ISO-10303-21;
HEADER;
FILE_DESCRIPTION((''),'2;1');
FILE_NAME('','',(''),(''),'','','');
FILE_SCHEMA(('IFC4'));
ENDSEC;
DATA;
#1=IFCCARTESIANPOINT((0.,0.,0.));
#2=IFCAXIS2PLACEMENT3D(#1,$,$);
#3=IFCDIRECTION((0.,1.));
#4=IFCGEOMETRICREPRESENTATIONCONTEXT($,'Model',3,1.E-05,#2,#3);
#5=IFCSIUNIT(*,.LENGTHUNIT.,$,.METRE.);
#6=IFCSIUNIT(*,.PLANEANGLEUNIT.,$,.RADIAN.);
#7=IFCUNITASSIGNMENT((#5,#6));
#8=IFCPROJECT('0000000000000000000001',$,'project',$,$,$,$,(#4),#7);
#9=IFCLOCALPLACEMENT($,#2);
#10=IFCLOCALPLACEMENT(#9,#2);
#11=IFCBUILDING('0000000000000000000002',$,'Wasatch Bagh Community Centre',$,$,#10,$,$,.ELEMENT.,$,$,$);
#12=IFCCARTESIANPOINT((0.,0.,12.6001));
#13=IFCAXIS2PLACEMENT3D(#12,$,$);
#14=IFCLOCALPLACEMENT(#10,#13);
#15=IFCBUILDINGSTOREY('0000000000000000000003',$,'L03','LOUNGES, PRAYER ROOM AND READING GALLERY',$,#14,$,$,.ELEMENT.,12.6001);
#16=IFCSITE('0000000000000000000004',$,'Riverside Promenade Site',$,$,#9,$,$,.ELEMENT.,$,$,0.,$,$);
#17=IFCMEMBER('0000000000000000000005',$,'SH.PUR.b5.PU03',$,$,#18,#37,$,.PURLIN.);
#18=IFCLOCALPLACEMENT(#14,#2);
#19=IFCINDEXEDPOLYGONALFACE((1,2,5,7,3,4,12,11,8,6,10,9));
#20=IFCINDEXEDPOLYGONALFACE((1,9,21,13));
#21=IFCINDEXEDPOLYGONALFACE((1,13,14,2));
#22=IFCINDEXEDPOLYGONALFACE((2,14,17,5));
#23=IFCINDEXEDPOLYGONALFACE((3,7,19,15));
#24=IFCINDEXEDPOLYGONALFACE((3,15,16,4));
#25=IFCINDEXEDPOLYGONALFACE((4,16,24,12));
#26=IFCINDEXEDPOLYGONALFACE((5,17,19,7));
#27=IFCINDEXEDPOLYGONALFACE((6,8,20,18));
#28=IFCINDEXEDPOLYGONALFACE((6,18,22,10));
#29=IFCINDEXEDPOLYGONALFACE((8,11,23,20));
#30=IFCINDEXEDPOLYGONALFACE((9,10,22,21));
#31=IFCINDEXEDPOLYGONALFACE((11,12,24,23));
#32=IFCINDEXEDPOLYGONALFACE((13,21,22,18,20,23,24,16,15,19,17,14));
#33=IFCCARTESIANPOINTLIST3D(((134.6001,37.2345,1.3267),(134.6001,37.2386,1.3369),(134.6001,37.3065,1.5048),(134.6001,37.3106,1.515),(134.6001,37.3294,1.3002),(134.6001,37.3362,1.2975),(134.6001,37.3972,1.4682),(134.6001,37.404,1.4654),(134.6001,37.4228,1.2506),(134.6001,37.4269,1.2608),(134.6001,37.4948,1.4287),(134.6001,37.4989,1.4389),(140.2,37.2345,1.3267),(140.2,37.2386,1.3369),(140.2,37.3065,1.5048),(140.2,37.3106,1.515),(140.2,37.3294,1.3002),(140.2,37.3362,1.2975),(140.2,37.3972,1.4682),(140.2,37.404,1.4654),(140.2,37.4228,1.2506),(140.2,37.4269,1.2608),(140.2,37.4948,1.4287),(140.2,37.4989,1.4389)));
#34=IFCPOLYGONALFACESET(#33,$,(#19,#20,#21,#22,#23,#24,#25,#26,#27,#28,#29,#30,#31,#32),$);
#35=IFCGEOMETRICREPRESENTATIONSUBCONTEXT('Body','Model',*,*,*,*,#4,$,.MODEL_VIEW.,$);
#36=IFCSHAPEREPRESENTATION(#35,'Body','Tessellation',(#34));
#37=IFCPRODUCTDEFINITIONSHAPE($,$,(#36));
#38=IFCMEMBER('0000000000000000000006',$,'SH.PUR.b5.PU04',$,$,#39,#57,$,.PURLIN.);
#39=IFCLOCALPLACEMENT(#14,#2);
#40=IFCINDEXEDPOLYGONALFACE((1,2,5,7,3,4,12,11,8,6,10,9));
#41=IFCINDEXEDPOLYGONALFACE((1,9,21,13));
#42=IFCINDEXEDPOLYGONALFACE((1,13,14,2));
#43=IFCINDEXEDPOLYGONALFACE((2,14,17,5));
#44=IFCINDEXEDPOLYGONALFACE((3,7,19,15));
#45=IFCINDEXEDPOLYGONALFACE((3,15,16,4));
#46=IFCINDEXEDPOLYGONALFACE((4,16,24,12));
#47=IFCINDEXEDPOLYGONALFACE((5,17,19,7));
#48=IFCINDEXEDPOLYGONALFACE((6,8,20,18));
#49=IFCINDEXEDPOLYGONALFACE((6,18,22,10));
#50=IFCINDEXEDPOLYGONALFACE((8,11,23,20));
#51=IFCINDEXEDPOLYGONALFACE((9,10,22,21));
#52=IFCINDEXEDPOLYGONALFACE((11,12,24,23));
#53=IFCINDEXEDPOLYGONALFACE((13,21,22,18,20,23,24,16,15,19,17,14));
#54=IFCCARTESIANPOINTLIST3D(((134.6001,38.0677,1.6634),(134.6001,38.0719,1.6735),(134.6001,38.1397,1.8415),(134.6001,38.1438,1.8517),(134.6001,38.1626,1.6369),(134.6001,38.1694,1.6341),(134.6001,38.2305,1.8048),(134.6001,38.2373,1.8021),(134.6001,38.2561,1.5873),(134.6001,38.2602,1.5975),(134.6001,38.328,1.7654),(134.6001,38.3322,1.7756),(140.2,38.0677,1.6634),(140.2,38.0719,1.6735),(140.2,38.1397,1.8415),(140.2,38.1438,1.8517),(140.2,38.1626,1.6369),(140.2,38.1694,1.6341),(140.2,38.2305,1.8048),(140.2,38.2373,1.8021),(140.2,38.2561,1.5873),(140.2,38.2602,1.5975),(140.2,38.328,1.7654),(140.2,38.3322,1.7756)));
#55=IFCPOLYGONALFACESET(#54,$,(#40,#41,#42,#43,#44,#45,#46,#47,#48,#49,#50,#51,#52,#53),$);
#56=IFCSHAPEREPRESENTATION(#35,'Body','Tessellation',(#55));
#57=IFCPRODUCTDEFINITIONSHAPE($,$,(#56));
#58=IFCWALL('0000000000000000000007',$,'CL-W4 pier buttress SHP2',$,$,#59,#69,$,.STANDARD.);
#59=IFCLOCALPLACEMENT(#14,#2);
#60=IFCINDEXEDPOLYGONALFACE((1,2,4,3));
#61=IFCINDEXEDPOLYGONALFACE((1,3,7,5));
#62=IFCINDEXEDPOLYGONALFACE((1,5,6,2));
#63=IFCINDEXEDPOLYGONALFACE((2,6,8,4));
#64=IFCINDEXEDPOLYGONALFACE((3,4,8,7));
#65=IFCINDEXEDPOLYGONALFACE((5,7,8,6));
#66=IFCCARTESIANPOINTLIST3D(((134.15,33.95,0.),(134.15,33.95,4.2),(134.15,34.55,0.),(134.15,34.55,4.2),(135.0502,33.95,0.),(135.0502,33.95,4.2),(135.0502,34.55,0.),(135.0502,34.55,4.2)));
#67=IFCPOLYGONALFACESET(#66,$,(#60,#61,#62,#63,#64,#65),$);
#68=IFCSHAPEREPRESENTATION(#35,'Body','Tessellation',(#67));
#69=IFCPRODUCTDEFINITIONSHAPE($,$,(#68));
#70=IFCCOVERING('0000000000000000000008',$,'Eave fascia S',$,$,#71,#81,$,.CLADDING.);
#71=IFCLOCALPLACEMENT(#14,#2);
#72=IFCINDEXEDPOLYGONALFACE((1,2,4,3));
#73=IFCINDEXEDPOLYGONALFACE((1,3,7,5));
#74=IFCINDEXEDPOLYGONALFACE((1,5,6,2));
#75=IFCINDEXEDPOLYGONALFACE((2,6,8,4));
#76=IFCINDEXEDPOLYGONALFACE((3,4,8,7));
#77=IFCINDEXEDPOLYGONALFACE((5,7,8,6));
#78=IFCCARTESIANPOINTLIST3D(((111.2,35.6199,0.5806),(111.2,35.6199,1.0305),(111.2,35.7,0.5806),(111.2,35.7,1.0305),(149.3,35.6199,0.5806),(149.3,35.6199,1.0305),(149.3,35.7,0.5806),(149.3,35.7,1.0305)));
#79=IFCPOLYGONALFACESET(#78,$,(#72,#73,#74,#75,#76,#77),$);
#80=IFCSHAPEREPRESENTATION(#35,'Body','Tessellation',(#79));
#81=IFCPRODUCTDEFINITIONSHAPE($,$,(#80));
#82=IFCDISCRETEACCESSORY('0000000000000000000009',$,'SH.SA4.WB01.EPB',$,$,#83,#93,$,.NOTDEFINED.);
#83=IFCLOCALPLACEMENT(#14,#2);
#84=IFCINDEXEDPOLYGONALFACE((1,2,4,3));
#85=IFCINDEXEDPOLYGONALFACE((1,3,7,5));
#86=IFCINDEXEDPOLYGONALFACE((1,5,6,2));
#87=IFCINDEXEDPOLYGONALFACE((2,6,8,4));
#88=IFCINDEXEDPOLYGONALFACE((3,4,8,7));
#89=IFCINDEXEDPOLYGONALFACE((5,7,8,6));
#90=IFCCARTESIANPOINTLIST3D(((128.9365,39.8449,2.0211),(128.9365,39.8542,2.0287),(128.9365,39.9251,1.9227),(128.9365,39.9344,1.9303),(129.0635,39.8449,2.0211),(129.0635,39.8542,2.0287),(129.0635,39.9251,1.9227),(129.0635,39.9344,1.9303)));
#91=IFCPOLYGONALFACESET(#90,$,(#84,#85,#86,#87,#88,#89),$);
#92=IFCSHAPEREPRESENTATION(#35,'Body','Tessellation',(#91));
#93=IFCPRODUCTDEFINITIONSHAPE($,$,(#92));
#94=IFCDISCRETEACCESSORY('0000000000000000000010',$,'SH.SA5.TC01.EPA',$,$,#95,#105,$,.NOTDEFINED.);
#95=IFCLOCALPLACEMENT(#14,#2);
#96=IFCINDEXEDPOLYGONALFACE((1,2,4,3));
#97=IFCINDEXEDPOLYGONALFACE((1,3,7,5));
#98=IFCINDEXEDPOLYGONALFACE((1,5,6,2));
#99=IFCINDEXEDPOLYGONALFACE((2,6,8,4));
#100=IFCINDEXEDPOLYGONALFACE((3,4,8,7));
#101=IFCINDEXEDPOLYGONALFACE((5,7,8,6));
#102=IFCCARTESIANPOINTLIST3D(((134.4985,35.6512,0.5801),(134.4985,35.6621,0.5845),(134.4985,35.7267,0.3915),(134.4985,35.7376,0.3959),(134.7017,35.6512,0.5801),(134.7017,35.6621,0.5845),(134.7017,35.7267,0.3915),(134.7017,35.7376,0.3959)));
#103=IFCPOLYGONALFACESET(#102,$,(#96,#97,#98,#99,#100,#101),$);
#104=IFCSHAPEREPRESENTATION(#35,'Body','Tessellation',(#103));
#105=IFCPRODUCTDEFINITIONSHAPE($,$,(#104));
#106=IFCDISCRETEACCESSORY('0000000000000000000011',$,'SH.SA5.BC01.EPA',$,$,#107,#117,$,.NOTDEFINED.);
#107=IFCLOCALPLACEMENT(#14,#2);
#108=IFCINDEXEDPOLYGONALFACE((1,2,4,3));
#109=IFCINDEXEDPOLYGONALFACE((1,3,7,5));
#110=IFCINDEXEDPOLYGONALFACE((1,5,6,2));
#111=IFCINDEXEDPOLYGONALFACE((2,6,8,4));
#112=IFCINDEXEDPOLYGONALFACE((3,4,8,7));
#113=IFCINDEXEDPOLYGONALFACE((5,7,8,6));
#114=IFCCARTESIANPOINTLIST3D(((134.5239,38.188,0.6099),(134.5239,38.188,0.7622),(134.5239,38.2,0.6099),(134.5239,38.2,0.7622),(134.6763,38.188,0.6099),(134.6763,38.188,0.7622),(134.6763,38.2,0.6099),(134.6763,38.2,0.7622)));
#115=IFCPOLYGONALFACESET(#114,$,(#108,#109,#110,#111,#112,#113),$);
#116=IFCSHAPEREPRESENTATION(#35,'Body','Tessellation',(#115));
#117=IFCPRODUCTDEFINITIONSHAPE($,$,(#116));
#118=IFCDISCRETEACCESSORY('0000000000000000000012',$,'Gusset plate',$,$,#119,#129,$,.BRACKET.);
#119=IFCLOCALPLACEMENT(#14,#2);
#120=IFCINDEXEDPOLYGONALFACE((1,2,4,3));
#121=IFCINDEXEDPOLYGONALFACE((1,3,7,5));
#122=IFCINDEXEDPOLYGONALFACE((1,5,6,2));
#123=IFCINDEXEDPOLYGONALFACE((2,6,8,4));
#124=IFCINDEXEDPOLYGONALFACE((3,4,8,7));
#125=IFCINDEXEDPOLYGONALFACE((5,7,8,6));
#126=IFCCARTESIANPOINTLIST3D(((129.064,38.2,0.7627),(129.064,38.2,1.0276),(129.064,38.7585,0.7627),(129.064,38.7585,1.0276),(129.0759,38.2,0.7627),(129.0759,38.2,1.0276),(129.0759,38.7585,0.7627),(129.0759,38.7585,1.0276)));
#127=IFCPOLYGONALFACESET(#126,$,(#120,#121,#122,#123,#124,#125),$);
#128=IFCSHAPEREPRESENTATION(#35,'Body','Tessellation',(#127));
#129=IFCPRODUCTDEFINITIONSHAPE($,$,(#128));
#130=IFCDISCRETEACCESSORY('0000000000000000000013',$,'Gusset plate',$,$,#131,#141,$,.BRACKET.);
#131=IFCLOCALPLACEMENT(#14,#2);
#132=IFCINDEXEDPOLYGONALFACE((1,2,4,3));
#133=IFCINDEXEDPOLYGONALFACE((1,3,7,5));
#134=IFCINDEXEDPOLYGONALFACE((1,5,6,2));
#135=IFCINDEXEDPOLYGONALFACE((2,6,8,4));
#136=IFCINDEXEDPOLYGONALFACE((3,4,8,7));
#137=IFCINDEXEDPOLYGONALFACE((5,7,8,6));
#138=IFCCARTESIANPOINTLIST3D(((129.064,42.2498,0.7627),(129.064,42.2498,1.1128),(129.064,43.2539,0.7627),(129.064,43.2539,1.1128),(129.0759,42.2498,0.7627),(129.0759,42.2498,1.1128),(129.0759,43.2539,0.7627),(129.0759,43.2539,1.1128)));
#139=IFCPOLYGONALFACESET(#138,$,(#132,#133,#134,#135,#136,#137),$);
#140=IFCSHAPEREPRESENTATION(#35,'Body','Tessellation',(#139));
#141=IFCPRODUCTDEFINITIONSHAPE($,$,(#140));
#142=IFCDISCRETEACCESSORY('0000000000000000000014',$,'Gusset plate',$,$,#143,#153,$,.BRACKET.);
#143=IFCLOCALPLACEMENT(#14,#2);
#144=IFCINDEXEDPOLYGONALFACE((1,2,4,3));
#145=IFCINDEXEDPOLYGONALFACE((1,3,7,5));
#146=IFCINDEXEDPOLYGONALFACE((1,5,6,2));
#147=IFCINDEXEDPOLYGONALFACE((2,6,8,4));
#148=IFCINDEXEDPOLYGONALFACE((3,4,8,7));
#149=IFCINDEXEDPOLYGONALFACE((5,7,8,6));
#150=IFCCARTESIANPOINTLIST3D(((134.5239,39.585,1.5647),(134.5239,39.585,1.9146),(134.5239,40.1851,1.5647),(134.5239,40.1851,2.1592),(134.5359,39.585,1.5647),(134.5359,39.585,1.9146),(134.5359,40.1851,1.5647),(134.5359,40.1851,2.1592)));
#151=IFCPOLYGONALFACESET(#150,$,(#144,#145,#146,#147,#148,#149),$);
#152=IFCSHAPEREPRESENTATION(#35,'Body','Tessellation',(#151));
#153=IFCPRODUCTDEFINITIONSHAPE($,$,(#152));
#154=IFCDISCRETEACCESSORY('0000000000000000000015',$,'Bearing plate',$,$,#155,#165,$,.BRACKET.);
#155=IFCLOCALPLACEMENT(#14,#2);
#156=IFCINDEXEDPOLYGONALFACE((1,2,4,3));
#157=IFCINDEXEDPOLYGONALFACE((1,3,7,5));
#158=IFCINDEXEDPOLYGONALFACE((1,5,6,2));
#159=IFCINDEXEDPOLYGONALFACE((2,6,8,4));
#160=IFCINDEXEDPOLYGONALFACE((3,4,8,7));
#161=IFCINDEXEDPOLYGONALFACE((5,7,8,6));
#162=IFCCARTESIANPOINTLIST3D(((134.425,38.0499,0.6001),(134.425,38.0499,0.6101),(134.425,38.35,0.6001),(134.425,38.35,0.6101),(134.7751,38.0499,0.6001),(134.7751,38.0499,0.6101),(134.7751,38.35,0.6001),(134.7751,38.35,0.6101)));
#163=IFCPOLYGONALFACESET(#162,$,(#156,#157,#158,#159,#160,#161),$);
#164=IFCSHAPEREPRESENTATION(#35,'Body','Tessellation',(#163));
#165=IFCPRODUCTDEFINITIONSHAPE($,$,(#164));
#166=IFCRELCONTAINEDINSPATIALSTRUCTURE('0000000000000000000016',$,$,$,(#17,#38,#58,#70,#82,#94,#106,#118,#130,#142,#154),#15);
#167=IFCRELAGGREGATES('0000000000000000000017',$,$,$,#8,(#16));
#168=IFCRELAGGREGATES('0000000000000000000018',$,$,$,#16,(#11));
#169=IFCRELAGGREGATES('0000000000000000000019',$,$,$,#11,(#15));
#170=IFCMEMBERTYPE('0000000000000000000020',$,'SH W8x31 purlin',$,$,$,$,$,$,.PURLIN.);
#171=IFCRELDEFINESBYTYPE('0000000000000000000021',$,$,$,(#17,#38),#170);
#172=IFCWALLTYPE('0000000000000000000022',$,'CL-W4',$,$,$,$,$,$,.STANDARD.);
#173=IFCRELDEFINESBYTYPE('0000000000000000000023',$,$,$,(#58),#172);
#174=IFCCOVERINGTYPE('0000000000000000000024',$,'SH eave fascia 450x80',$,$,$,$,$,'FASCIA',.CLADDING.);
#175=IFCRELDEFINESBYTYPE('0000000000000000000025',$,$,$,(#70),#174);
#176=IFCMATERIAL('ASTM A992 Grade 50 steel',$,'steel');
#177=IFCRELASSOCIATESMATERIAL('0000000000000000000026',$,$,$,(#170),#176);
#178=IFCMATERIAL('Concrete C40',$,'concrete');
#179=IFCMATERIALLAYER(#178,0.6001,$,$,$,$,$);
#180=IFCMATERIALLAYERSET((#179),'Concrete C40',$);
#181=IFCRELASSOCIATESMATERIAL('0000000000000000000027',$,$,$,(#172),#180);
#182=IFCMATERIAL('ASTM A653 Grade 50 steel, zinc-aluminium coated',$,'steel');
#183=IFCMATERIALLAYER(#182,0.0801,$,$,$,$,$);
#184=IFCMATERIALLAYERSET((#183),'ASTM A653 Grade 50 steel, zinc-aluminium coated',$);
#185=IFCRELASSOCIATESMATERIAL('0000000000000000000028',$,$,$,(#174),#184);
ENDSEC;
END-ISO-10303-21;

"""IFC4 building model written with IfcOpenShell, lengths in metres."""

from ifc_helpers import new_model, si_unit, direction, frame, frame_2d, origin, origin_2d, place, context, subcontext, project, spatial, polyline, rectangle, i_section, outline, extrude, material, layer, layer_set, material_profile, profile_set, type_object, element, save


model = new_model("IFC4")

# Units and contexts
model_context = context("Model", 3, precision=1e-05, world=origin(), true_north=direction((0.0, 1.0)))
body_context = subcontext(model_context, "Body", "Model", "MODEL_VIEW")
ifc_project = project(units=[si_unit("LENGTHUNIT", "METRE"), si_unit("PLANEANGLEUNIT", "RADIAN")], contexts=[model_context])

# Site, building, storey
site_placement = place(None, origin())
site = spatial("IfcSite", under=ifc_project, at=site_placement, Name="Riverside Promenade Site", CompositionType="ELEMENT", RefElevation=0.0)
building_placement = place(site_placement, origin())
building = spatial("IfcBuilding", under=site, at=building_placement, Name="Wasatch Bagh Community Centre", CompositionType="ELEMENT")
storey_placement = place(building_placement, frame((0.0, 0.0, 12.6001)))
storey = spatial("IfcBuildingStorey", under=building, at=storey_placement, Name="L03", Description="LOUNGES, PRAYER ROOM AND READING GALLERY", CompositionType="ELEMENT", Elevation=12.6001)

# Shared definitions
ifc_material_1 = material(Name="Concrete C40", Category="concrete")

# Members
ifc_material_2 = material(Name="ASTM A992 Grade 50 steel", Category="steel")
ifc_material_profile_1 = material_profile(ifc_material_2, i_section(OverallWidth=0.2031, OverallDepth=0.2031, WebThickness=0.0073, FlangeThickness=0.011, at=origin_2d()), Name="W8x31")
ifc_profile_set_1 = profile_set([ifc_material_profile_1], Name="ASTM A992 Grade 50 steel")
member_type_1 = type_object("IfcMemberType", Name="SH W8x31 purlin", PredefinedType="PURLIN", material=ifc_profile_set_1)
for number, where, z_axis, x_axis, name in (
    (1, (134.6001, 37.3667, 1.3828), (1.0, 0.0, 0.0), (0.0, 0.927184, -0.374607), "SH.PUR.b5.PU03"),
    (2, (134.6001, 38.2, 1.7195), (1.0, 0.0, 0.0), (0.0, 0.927184, -0.374607), "SH.PUR.b5.PU04"),
):
    element("IfcMember", number, at=place(storey_placement, frame(where, z_axis=z_axis, x_axis=x_axis)), inside=storey, type_object=member_type_1, Name=name, PredefinedType="PURLIN", context=body_context, shape_type="SweptSolid", body=[
        extrude(i_section(OverallWidth=0.2031, OverallDepth=0.2031, WebThickness=0.0073, FlangeThickness=0.011, at=origin_2d()), origin(), (0.0, 0.0, 1.0), 5.5999),
    ])

# Wall
ifc_layer_1 = layer(ifc_material_1, 0.6001)
ifc_layer_set_1 = layer_set([ifc_layer_1], Name="Concrete C40")
wall_type = type_object("IfcWallType", Name="CL-W4", PredefinedType="STANDARD", material=ifc_layer_set_1)
wall_placement = place(storey_placement, frame((134.1499, 34.25, 0.0), z_axis=(0.0, 0.0, 1.0), x_axis=(1.0, 0.0, 0.0)))
element("IfcWall", 3, at=wall_placement, inside=storey, type_object=wall_type, Name="CL-W4 pier buttress SHP2", PredefinedType="STANDARD", context=body_context, shape_type="SweptSolid", body=[
    extrude(rectangle(XDim=0.9001, YDim=0.6001, at=frame_2d((0.4502, 0.0))), origin(), (0.0, 0.0, 1.0), 4.2),
])

# Covering
ifc_material_3 = material(Name="ASTM A653 Grade 50 steel, zinc-aluminium coated", Category="steel")
ifc_layer_2 = layer(ifc_material_3, 0.0801)
ifc_layer_set_2 = layer_set([ifc_layer_2], Name="ASTM A653 Grade 50 steel, zinc-aluminium coated")
covering_type = type_object("IfcCoveringType", Name="SH eave fascia 450x80", ElementType="FASCIA", PredefinedType="CLADDING", material=ifc_layer_set_2)
covering_placement = place(storey_placement, frame((130.25, 35.6599, 0.5806), z_axis=(0.0, 0.0, 1.0), x_axis=(1.0, 0.0, 0.0)))
element("IfcCovering", 4, at=covering_placement, inside=storey, type_object=covering_type, Name="Eave fascia S", PredefinedType="CLADDING", context=body_context, shape_type="SweptSolid", body=[
    extrude(rectangle(XDim=38.1001, YDim=0.0801, at=origin_2d()), origin(), (0.0, 0.0, 1.0), 0.45),
])

# Discrete accessories
discrete_accessory_1_placement = place(storey_placement, frame((129.0, 39.885, 1.9719), z_axis=(0.0, 0.774865, 0.632127), x_axis=(-1.0, 0.0, 0.0)))
element("IfcDiscreteAccessory", 5, at=discrete_accessory_1_placement, inside=storey, Name="SH.SA4.WB01.EPB", PredefinedType="NOTDEFINED", context=body_context, shape_type="SweptSolid", body=[
    extrude(rectangle(XDim=0.127, YDim=0.127, at=origin_2d()), origin(), (0.0, 0.0, 1.0), 0.012),
])
discrete_accessory_2_placement = place(storey_placement, frame((134.6001, 35.689, 0.4858), z_axis=(0.0, 0.928477, 0.371391), x_axis=(-1.0, 0.0, 0.0)))
element("IfcDiscreteAccessory", 6, at=discrete_accessory_2_placement, inside=storey, Name="SH.SA5.TC01.EPA", PredefinedType="NOTDEFINED", context=body_context, shape_type="SweptSolid", body=[
    extrude(rectangle(XDim=0.2031, YDim=0.2031, at=origin_2d()), origin(), (0.0, 0.0, 1.0), 0.0117),
])
discrete_accessory_3_placement = place(storey_placement, frame((134.6001, 38.188, 0.686), z_axis=(0.0, 1.0, 0.0), x_axis=(-1.0, 0.0, 0.0)))
element("IfcDiscreteAccessory", 7, at=discrete_accessory_3_placement, inside=storey, Name="SH.SA5.BC01.EPA", PredefinedType="NOTDEFINED", context=body_context, shape_type="SweptSolid", body=[
    extrude(rectangle(XDim=0.1523, YDim=0.1523, at=origin_2d()), origin(), (0.0, 0.0, 1.0), 0.012),
])
discrete_accessory_4_placement = place(storey_placement, frame((129.0759, 38.2, 0.7627), z_axis=(1.0, 0.0, 0.0), x_axis=(0.0, 1.0, 0.0)))
element("IfcDiscreteAccessory", 8, at=discrete_accessory_4_placement, inside=storey, Name="Gusset plate", PredefinedType="BRACKET", context=body_context, shape_type="SweptSolid", body=[
    extrude(outline(polyline([(0.0, 0.0), (0.5586, 0.0), (0.5586, 0.2649), (0.0, 0.2649), (0.0, 0.0)])), origin(), (0.0, 0.0, -1.0), 0.012),
])
discrete_accessory_5_placement = place(storey_placement, frame((129.0759, 42.2498, 0.7627), z_axis=(1.0, 0.0, 0.0), x_axis=(0.0, 1.0, 0.0)))
element("IfcDiscreteAccessory", 9, at=discrete_accessory_5_placement, inside=storey, Name="Gusset plate", PredefinedType="BRACKET", context=body_context, shape_type="SweptSolid", body=[
    extrude(outline(polyline([(0.0, 0.0), (1.0042, 0.0), (1.0042, 0.3501), (0.0, 0.3501), (0.0, 0.0)])), origin(), (0.0, 0.0, -1.0), 0.012),
])
discrete_accessory_6_placement = place(storey_placement, frame((134.5239, 39.585, 1.9146), z_axis=(-1.0, 0.0, 0.0), x_axis=(0.0, 0.926014, 0.377488)))
element("IfcDiscreteAccessory", 10, at=discrete_accessory_6_placement, inside=storey, Name="Gusset plate", PredefinedType="BRACKET", context=body_context, shape_type="SweptSolid", body=[
    extrude(outline(polyline([(0.0, 0.0), (0.648, 0.0), (0.4236, 0.5505), (-0.1321, 0.324), (0.0, 0.0)])), origin(), (0.0, 0.0, -1.0), 0.012),
])
discrete_accessory_7_placement = place(storey_placement, frame((134.6001, 38.2, 0.6001), z_axis=(0.0, 0.0, 1.0), x_axis=(1.0, 0.0, 0.0)))
element("IfcDiscreteAccessory", 11, at=discrete_accessory_7_placement, inside=storey, Name="Bearing plate", PredefinedType="BRACKET", context=body_context, shape_type="SweptSolid", body=[
    extrude(rectangle(XDim=0.3501, YDim=0.3, at=origin_2d()), origin(), (0.0, 0.0, 1.0), 0.01),
])

save(model, "model.ifc")
